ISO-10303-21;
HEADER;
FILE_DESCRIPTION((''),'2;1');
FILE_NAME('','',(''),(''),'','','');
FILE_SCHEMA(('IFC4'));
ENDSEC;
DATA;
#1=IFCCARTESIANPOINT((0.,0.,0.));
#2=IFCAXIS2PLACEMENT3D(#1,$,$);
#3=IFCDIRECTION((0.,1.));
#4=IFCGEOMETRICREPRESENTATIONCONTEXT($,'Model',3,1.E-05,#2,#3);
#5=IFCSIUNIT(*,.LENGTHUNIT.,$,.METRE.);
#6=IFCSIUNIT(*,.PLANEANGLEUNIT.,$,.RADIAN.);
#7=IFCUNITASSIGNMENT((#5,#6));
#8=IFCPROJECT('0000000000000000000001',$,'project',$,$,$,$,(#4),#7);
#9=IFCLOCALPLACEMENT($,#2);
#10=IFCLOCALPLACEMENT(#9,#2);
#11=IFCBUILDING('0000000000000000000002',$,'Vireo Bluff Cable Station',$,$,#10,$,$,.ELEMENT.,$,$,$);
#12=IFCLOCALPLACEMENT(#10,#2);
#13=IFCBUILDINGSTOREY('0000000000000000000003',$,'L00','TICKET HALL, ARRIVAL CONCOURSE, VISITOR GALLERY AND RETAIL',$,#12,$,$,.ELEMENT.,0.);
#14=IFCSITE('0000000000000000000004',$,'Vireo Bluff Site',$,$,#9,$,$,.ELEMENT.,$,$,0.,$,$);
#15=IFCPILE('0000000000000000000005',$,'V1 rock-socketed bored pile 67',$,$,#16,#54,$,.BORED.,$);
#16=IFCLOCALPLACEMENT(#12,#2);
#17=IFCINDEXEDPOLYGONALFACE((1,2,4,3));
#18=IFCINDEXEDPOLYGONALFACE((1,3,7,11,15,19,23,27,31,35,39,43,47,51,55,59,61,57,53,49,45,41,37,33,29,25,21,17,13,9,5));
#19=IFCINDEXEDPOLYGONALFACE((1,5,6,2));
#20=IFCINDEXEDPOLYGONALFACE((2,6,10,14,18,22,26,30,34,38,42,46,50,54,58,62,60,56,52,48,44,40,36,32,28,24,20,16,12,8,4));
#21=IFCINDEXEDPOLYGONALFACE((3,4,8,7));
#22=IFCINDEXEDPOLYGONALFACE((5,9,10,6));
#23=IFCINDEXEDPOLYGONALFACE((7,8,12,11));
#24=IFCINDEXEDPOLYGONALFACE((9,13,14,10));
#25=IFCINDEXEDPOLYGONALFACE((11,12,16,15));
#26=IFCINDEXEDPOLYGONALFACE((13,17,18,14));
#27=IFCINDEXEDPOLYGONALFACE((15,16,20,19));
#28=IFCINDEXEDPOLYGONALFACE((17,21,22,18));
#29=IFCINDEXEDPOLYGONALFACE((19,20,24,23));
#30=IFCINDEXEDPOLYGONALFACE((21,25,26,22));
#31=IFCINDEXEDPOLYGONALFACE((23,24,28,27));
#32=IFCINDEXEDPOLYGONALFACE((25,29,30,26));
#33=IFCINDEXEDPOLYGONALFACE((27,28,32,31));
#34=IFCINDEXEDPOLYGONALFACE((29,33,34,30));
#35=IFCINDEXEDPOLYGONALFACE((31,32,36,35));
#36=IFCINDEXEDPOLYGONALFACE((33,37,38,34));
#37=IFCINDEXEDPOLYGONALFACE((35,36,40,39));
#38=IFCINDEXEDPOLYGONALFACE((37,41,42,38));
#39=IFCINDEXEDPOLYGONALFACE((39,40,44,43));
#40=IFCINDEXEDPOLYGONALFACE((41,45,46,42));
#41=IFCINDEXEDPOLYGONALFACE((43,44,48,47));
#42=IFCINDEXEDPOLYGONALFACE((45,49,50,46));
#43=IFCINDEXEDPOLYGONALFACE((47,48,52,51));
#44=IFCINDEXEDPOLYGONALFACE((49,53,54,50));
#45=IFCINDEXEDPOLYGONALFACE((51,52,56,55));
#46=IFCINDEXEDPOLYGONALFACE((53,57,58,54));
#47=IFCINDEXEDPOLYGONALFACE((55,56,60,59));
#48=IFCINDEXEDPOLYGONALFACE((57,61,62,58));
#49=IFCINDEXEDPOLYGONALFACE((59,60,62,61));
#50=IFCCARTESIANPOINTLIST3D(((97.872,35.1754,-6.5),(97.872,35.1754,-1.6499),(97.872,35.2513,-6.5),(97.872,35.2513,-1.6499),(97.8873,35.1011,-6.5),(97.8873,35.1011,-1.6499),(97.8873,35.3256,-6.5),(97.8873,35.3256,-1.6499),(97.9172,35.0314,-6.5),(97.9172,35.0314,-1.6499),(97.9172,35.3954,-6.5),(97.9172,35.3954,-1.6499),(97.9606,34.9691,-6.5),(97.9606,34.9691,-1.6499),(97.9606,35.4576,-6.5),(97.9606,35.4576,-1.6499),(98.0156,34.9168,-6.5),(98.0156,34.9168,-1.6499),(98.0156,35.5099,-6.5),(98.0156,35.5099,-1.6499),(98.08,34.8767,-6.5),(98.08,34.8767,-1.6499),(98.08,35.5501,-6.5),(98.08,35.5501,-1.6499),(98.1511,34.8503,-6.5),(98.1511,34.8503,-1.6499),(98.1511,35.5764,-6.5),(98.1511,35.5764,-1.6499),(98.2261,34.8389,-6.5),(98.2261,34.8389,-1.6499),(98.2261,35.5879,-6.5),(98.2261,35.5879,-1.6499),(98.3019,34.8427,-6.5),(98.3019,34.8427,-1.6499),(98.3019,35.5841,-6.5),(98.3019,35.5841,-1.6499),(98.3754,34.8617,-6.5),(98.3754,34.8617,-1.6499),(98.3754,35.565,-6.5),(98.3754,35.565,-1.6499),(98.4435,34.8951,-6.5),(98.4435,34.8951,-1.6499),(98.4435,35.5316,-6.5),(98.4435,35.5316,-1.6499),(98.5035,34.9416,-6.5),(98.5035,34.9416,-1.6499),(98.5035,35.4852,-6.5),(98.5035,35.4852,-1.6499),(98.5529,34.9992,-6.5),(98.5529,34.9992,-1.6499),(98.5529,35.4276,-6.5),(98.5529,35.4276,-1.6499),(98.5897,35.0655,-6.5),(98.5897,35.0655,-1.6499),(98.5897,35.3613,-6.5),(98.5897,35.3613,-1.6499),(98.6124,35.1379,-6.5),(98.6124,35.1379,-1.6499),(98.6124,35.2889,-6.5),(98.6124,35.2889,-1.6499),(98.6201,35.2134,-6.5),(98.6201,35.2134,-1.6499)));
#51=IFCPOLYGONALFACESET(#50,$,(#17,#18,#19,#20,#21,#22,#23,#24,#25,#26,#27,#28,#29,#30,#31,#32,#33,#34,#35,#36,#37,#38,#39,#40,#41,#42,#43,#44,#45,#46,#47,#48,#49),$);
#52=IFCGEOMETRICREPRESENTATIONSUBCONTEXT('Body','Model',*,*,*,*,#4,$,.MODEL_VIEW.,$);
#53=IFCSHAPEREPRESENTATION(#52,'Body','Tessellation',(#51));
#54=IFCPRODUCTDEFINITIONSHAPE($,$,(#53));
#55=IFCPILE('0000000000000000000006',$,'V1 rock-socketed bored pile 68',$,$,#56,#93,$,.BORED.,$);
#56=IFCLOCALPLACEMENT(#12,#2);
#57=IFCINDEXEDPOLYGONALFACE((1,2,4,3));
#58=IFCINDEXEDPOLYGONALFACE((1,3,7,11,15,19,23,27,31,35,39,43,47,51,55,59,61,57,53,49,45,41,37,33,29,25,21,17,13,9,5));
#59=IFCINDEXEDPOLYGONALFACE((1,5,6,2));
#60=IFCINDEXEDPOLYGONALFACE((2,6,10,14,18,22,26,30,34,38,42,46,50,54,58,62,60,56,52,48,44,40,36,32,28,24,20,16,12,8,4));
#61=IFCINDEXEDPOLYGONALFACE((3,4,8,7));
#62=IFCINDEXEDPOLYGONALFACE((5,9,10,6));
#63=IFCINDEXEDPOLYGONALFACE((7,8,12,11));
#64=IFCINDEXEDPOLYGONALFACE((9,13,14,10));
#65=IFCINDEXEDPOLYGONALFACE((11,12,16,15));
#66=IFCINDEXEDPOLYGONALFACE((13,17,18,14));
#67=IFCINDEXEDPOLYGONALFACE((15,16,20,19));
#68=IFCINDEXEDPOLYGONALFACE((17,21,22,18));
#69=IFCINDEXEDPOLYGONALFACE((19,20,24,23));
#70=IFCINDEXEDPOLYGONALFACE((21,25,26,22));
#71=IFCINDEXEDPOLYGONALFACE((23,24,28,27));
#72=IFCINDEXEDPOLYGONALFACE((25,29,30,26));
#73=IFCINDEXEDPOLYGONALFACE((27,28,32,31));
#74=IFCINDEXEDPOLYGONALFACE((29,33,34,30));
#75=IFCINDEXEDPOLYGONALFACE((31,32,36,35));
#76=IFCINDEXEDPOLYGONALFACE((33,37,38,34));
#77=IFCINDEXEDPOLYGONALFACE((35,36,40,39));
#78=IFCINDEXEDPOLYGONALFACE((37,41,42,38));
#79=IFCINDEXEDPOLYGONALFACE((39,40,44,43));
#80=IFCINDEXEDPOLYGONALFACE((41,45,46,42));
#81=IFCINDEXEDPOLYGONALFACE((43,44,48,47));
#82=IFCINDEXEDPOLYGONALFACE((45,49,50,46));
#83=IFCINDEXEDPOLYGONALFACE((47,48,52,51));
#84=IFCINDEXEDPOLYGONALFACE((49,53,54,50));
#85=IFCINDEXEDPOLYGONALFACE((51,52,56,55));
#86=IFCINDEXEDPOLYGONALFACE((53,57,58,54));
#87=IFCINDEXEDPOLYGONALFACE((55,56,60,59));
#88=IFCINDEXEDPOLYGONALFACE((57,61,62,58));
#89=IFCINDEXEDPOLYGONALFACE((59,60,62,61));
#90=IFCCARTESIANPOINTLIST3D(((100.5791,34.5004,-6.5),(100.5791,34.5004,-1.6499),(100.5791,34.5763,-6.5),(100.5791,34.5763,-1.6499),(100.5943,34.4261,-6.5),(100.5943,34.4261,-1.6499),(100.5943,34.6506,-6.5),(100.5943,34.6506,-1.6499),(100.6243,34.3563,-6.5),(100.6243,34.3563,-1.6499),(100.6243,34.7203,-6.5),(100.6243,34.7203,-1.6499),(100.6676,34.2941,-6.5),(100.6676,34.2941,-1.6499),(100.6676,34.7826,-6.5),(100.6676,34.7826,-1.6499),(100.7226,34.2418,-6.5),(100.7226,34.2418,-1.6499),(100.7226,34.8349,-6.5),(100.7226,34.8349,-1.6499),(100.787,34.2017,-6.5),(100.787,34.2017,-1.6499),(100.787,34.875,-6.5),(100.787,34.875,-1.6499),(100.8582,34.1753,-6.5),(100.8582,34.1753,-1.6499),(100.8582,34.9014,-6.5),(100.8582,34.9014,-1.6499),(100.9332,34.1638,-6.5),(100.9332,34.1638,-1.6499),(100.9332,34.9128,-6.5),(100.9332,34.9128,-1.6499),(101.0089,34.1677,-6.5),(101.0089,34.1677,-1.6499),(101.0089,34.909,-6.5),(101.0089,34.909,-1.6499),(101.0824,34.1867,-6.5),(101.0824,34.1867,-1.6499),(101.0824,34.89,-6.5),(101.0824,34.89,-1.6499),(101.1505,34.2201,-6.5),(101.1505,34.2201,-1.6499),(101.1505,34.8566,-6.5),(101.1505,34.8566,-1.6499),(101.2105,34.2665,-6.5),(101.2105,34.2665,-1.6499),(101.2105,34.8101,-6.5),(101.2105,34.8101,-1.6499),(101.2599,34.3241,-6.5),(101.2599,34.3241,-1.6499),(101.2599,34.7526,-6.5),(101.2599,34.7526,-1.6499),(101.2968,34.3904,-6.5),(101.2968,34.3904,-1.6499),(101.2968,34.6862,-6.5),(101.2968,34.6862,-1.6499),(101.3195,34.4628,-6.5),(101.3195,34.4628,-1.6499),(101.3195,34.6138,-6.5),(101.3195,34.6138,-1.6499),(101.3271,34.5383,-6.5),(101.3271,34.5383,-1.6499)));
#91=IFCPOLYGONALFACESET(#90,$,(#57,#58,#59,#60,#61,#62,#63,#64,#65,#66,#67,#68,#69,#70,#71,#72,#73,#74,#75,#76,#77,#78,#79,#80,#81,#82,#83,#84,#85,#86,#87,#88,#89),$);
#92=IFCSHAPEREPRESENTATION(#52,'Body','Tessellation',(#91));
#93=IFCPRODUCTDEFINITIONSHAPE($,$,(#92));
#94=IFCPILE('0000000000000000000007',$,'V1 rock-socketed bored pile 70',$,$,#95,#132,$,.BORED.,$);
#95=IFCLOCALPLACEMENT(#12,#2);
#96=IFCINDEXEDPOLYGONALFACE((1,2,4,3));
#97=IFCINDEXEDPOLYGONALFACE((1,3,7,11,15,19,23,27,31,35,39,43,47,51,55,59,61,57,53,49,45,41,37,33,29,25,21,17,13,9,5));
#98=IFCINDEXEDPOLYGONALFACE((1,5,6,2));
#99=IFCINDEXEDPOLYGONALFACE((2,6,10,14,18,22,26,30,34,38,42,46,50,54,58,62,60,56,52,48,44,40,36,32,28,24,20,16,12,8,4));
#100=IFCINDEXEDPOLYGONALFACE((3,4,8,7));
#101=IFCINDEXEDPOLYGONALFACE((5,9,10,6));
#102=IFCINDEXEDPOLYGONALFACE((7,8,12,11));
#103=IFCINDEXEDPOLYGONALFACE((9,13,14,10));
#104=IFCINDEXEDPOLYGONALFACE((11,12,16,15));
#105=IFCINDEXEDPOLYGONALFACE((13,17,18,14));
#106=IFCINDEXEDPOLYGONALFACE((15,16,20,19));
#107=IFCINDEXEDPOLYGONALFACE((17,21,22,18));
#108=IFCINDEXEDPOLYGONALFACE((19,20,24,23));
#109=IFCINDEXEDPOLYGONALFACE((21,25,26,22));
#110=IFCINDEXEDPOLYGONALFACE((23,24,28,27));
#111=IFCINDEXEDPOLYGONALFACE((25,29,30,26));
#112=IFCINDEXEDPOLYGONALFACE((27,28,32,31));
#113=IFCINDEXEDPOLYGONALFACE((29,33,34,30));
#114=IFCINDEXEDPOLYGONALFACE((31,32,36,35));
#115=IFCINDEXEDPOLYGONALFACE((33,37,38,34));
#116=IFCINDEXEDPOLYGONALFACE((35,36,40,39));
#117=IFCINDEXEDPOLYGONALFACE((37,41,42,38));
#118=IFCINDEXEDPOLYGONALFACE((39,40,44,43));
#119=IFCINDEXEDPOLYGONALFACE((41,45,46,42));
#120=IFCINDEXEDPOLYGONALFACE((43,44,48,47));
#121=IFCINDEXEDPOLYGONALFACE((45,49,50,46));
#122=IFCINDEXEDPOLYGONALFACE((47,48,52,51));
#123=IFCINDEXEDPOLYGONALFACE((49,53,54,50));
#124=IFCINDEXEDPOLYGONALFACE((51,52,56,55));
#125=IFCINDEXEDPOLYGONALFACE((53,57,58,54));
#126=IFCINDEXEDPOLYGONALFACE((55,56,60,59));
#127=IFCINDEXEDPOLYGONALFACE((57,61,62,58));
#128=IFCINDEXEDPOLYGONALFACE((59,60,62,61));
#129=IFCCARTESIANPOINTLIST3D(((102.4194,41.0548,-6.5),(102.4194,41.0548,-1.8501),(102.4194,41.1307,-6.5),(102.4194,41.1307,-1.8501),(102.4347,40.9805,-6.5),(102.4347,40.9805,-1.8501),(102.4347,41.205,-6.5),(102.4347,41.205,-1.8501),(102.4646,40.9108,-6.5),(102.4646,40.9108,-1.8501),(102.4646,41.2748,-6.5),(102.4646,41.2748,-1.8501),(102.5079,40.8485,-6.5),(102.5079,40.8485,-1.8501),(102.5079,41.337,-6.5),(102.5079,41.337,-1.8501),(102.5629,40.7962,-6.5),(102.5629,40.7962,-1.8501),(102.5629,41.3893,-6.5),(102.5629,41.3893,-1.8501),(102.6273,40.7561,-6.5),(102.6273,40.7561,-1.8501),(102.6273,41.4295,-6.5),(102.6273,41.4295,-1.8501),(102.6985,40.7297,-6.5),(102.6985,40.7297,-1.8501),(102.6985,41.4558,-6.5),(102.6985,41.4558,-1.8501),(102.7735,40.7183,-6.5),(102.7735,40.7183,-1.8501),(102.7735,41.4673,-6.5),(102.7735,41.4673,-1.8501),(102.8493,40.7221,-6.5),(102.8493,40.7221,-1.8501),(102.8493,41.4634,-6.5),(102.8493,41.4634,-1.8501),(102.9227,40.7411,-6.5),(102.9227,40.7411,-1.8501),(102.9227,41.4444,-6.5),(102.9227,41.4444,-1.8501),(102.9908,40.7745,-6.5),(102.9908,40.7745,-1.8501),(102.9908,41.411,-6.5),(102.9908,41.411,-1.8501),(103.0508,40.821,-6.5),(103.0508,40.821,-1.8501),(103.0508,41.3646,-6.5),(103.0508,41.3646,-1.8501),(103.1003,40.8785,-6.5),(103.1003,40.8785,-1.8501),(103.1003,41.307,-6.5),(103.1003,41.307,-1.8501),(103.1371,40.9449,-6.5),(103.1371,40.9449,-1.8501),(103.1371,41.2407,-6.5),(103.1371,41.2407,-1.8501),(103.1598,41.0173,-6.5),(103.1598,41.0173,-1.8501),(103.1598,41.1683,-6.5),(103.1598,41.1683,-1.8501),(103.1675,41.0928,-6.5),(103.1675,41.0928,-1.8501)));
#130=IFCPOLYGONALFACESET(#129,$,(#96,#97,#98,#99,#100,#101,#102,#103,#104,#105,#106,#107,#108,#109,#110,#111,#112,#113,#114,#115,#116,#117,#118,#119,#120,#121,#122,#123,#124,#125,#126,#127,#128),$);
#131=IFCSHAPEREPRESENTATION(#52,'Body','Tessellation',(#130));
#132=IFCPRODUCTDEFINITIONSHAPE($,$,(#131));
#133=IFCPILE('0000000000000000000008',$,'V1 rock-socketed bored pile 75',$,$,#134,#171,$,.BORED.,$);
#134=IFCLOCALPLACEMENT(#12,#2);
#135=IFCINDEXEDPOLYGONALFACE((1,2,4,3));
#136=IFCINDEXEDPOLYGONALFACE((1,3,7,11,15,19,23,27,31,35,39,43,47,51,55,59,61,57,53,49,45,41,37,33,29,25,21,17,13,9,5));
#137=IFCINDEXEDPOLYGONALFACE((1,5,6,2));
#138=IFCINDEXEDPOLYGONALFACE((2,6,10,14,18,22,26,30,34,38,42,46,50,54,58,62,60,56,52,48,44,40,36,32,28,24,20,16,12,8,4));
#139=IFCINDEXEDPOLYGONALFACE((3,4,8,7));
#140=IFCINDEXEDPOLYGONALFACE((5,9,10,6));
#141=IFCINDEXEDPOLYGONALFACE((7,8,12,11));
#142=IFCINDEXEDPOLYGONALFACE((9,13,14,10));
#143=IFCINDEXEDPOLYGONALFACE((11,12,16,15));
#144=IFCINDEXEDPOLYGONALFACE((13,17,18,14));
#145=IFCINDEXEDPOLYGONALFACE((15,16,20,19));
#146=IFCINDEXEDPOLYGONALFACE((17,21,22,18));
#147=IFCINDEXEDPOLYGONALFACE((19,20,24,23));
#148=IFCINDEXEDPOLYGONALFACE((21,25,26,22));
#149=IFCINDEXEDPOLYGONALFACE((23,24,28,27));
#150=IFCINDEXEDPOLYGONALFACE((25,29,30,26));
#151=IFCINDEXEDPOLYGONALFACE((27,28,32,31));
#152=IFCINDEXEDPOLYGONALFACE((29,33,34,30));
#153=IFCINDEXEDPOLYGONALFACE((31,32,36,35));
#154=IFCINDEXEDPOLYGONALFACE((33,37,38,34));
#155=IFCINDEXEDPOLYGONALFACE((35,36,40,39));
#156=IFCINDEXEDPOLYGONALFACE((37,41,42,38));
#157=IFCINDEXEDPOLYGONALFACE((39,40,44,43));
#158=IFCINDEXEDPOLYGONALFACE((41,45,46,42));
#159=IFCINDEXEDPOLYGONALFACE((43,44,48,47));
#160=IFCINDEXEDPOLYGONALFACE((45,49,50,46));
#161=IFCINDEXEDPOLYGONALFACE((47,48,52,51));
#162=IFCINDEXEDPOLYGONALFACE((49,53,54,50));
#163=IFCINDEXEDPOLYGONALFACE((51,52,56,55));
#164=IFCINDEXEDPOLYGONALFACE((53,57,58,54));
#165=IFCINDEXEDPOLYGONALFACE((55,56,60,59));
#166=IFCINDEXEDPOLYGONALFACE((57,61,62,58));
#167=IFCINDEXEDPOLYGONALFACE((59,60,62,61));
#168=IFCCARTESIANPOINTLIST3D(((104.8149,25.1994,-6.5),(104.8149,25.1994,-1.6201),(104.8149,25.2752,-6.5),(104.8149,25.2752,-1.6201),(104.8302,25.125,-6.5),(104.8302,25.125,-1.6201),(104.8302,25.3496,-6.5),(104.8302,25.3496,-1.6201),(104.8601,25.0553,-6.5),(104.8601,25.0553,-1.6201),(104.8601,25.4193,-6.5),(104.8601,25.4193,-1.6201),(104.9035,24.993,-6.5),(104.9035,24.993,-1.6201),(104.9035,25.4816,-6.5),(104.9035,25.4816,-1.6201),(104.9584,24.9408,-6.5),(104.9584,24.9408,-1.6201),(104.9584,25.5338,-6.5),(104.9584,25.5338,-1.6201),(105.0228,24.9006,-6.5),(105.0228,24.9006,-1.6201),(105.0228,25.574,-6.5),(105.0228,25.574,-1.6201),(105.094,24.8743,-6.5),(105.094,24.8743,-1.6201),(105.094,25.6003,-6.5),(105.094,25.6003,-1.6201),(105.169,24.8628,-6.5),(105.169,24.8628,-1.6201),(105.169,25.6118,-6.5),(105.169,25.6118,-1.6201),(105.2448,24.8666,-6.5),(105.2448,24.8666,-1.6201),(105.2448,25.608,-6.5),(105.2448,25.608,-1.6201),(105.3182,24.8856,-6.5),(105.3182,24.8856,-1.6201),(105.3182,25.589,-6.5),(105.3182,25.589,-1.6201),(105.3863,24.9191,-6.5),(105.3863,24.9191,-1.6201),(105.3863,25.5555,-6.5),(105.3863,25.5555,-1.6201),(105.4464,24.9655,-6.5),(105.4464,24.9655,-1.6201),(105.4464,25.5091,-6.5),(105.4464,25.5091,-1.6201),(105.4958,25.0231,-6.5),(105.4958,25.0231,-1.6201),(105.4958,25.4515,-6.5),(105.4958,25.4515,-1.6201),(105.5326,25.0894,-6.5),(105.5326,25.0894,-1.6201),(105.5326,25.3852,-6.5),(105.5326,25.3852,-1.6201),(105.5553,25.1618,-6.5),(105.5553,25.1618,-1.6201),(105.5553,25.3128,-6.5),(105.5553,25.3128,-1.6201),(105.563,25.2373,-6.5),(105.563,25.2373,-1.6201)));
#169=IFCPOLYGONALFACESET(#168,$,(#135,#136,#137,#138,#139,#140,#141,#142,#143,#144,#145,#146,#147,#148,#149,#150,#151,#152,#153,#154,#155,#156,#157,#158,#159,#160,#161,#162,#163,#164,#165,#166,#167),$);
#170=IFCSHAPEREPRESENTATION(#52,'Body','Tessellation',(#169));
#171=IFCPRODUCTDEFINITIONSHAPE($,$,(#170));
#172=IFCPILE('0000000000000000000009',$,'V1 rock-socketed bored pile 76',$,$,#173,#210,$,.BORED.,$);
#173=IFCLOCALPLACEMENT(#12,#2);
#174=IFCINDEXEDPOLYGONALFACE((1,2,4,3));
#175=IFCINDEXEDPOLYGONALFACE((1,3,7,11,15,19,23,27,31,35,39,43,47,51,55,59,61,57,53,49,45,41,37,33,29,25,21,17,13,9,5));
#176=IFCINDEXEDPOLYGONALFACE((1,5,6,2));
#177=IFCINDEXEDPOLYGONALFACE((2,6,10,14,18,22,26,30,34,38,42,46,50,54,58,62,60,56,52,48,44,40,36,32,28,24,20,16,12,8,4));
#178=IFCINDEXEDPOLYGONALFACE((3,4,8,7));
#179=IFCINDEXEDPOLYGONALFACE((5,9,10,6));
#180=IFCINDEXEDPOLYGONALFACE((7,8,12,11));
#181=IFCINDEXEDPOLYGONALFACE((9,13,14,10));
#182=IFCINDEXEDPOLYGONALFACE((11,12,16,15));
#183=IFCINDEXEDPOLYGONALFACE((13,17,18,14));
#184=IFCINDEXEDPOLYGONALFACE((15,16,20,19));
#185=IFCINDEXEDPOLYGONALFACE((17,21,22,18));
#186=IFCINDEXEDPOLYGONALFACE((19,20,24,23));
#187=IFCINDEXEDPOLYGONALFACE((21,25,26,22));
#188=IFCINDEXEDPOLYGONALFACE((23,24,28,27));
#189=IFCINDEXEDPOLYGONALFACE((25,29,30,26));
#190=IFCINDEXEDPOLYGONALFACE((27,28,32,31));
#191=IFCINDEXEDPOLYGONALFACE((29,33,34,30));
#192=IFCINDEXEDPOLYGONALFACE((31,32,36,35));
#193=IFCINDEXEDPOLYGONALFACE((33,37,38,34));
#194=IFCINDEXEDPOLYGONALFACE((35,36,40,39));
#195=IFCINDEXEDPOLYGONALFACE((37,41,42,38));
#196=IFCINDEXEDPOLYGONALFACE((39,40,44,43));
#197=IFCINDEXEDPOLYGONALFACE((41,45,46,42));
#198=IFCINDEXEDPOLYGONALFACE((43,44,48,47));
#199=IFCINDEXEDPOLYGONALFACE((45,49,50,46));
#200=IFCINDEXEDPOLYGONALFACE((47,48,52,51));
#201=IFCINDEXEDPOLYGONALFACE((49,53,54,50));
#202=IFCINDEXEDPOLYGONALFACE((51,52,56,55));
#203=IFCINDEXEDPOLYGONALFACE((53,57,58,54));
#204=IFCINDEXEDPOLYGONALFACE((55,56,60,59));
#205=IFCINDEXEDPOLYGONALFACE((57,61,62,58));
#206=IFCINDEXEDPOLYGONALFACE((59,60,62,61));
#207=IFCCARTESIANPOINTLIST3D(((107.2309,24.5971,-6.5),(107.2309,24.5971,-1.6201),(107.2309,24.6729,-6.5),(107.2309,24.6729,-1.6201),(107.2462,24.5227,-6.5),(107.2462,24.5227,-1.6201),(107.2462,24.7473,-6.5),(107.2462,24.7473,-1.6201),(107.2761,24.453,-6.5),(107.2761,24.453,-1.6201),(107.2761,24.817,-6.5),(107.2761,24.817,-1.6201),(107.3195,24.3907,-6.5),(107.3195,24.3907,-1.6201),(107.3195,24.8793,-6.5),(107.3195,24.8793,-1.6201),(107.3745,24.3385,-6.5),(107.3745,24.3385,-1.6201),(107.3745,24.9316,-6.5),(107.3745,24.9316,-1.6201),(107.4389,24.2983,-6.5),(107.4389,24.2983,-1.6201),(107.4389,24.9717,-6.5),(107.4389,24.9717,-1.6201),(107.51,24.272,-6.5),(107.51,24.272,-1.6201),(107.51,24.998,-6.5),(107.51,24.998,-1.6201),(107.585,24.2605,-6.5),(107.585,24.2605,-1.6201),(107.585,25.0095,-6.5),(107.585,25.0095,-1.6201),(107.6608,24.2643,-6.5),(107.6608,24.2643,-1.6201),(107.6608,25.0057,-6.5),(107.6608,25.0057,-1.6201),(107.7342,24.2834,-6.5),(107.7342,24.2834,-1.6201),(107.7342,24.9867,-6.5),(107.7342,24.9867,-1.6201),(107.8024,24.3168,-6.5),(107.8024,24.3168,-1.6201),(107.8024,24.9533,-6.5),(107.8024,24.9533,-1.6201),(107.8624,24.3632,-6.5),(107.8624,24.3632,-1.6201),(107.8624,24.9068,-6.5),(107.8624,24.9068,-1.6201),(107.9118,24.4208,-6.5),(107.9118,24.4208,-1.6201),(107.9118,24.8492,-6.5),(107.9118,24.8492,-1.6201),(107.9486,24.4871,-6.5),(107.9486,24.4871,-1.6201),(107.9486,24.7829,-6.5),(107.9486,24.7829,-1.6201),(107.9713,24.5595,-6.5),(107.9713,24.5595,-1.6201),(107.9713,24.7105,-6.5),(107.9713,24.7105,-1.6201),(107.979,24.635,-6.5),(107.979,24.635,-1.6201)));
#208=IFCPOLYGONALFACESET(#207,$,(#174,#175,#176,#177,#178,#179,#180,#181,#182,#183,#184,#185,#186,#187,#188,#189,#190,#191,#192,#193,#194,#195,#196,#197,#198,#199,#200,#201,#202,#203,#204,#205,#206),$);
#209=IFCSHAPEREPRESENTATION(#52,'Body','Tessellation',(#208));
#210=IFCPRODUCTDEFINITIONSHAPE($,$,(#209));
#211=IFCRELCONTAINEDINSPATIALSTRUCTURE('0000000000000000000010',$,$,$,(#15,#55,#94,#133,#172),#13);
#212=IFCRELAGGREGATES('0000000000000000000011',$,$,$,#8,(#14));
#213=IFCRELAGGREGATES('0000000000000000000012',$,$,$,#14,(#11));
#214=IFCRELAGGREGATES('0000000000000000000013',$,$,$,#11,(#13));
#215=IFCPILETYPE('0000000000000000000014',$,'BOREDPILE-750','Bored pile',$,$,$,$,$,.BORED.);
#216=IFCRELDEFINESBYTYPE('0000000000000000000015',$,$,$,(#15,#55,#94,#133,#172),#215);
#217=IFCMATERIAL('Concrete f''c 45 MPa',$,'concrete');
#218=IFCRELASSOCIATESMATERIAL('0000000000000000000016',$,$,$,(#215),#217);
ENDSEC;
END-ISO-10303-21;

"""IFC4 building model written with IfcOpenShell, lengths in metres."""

from ifc_helpers import new_model, si_unit, direction, frame, origin, origin_2d, place, context, subcontext, project, spatial, circle, extrude, material, material_profile, profile_set, type_object, element, save


model = new_model("IFC4")

# Units and contexts
model_context = context("Model", 3, precision=1e-05, world=origin(), true_north=direction((0.0, 1.0)))
body_context = subcontext(model_context, "Body", "Model", "MODEL_VIEW")
ifc_project = project(units=[si_unit("LENGTHUNIT", "METRE"), si_unit("PLANEANGLEUNIT", "RADIAN")], contexts=[model_context])

# Site, building, storey
site_placement = place(None, origin())
site = spatial("IfcSite", under=ifc_project, at=site_placement, Name="Vireo Bluff Site", CompositionType="ELEMENT", RefElevation=0.0)
building_placement = place(site_placement, origin())
building = spatial("IfcBuilding", under=site, at=building_placement, Name="Vireo Bluff Cable Station", CompositionType="ELEMENT")
storey_placement = place(building_placement, origin())
storey = spatial("IfcBuildingStorey", under=building, at=storey_placement, Name="L00", Description="TICKET HALL, ARRIVAL CONCOURSE, VISITOR GALLERY AND RETAIL", CompositionType="ELEMENT", Elevation=0.0)

# Piles
ifc_material_1 = material(Name="Concrete f'c 45 MPa", Category="concrete")
ifc_material_profile_1 = material_profile(ifc_material_1, circle(Radius=0.375, at=origin_2d()), Name="BOREDPILE-750")
ifc_profile_set_1 = profile_set([ifc_material_profile_1], Name="Concrete f'c 45 MPa")
pile_type_1 = type_object("IfcPileType", Name="BOREDPILE-750", Description="Bored pile", PredefinedType="BORED", material=ifc_profile_set_1)
for number, where, z_axis, x_axis, name in (
    (1, (98.2451, 35.2134, -1.6499), (0.0, 0.0, -1.0), (1.0, 0.0, 0.0), "V1 rock-socketed bored pile 67"),
    (2, (100.9521, 34.5383, -1.6499), (0.0, 0.0, -1.0), (1.0, 0.0, 0.0), "V1 rock-socketed bored pile 68"),
):
    element("IfcPile", number, at=place(storey_placement, frame(where, z_axis=z_axis, x_axis=x_axis)), inside=storey, type_object=pile_type_1, Name=name, PredefinedType="BORED", context=body_context, shape_type="SweptSolid", body=[
        extrude(circle(Radius=0.375, at=origin_2d()), origin(), (0.0, 0.0, 1.0), 4.8501),
    ])
pile_placement = place(storey_placement, frame((102.7925, 41.0928, -1.8501), z_axis=(0.0, 0.0, -1.0), x_axis=(1.0, 0.0, 0.0)))
element("IfcPile", 3, at=pile_placement, inside=storey, type_object=pile_type_1, Name="V1 rock-socketed bored pile 70", PredefinedType="BORED", context=body_context, shape_type="SweptSolid", body=[
    extrude(circle(Radius=0.375, at=origin_2d()), origin(), (0.0, 0.0, 1.0), 4.6499),
])
for number, where, z_axis, x_axis, name in (
    (4, (105.188, 25.2373, -1.6201), (0.0, 0.0, -1.0), (1.0, 0.0, 0.0), "V1 rock-socketed bored pile 75"),
    (5, (107.604, 24.635, -1.6201), (0.0, 0.0, -1.0), (1.0, 0.0, 0.0), "V1 rock-socketed bored pile 76"),
):
    element("IfcPile", number, at=place(storey_placement, frame(where, z_axis=z_axis, x_axis=x_axis)), inside=storey, type_object=pile_type_1, Name=name, PredefinedType="BORED", context=body_context, shape_type="SweptSolid", body=[
        extrude(circle(Radius=0.375, at=origin_2d()), origin(), (0.0, 0.0, 1.0), 4.8799),
    ])

save(model, "model.ifc")
